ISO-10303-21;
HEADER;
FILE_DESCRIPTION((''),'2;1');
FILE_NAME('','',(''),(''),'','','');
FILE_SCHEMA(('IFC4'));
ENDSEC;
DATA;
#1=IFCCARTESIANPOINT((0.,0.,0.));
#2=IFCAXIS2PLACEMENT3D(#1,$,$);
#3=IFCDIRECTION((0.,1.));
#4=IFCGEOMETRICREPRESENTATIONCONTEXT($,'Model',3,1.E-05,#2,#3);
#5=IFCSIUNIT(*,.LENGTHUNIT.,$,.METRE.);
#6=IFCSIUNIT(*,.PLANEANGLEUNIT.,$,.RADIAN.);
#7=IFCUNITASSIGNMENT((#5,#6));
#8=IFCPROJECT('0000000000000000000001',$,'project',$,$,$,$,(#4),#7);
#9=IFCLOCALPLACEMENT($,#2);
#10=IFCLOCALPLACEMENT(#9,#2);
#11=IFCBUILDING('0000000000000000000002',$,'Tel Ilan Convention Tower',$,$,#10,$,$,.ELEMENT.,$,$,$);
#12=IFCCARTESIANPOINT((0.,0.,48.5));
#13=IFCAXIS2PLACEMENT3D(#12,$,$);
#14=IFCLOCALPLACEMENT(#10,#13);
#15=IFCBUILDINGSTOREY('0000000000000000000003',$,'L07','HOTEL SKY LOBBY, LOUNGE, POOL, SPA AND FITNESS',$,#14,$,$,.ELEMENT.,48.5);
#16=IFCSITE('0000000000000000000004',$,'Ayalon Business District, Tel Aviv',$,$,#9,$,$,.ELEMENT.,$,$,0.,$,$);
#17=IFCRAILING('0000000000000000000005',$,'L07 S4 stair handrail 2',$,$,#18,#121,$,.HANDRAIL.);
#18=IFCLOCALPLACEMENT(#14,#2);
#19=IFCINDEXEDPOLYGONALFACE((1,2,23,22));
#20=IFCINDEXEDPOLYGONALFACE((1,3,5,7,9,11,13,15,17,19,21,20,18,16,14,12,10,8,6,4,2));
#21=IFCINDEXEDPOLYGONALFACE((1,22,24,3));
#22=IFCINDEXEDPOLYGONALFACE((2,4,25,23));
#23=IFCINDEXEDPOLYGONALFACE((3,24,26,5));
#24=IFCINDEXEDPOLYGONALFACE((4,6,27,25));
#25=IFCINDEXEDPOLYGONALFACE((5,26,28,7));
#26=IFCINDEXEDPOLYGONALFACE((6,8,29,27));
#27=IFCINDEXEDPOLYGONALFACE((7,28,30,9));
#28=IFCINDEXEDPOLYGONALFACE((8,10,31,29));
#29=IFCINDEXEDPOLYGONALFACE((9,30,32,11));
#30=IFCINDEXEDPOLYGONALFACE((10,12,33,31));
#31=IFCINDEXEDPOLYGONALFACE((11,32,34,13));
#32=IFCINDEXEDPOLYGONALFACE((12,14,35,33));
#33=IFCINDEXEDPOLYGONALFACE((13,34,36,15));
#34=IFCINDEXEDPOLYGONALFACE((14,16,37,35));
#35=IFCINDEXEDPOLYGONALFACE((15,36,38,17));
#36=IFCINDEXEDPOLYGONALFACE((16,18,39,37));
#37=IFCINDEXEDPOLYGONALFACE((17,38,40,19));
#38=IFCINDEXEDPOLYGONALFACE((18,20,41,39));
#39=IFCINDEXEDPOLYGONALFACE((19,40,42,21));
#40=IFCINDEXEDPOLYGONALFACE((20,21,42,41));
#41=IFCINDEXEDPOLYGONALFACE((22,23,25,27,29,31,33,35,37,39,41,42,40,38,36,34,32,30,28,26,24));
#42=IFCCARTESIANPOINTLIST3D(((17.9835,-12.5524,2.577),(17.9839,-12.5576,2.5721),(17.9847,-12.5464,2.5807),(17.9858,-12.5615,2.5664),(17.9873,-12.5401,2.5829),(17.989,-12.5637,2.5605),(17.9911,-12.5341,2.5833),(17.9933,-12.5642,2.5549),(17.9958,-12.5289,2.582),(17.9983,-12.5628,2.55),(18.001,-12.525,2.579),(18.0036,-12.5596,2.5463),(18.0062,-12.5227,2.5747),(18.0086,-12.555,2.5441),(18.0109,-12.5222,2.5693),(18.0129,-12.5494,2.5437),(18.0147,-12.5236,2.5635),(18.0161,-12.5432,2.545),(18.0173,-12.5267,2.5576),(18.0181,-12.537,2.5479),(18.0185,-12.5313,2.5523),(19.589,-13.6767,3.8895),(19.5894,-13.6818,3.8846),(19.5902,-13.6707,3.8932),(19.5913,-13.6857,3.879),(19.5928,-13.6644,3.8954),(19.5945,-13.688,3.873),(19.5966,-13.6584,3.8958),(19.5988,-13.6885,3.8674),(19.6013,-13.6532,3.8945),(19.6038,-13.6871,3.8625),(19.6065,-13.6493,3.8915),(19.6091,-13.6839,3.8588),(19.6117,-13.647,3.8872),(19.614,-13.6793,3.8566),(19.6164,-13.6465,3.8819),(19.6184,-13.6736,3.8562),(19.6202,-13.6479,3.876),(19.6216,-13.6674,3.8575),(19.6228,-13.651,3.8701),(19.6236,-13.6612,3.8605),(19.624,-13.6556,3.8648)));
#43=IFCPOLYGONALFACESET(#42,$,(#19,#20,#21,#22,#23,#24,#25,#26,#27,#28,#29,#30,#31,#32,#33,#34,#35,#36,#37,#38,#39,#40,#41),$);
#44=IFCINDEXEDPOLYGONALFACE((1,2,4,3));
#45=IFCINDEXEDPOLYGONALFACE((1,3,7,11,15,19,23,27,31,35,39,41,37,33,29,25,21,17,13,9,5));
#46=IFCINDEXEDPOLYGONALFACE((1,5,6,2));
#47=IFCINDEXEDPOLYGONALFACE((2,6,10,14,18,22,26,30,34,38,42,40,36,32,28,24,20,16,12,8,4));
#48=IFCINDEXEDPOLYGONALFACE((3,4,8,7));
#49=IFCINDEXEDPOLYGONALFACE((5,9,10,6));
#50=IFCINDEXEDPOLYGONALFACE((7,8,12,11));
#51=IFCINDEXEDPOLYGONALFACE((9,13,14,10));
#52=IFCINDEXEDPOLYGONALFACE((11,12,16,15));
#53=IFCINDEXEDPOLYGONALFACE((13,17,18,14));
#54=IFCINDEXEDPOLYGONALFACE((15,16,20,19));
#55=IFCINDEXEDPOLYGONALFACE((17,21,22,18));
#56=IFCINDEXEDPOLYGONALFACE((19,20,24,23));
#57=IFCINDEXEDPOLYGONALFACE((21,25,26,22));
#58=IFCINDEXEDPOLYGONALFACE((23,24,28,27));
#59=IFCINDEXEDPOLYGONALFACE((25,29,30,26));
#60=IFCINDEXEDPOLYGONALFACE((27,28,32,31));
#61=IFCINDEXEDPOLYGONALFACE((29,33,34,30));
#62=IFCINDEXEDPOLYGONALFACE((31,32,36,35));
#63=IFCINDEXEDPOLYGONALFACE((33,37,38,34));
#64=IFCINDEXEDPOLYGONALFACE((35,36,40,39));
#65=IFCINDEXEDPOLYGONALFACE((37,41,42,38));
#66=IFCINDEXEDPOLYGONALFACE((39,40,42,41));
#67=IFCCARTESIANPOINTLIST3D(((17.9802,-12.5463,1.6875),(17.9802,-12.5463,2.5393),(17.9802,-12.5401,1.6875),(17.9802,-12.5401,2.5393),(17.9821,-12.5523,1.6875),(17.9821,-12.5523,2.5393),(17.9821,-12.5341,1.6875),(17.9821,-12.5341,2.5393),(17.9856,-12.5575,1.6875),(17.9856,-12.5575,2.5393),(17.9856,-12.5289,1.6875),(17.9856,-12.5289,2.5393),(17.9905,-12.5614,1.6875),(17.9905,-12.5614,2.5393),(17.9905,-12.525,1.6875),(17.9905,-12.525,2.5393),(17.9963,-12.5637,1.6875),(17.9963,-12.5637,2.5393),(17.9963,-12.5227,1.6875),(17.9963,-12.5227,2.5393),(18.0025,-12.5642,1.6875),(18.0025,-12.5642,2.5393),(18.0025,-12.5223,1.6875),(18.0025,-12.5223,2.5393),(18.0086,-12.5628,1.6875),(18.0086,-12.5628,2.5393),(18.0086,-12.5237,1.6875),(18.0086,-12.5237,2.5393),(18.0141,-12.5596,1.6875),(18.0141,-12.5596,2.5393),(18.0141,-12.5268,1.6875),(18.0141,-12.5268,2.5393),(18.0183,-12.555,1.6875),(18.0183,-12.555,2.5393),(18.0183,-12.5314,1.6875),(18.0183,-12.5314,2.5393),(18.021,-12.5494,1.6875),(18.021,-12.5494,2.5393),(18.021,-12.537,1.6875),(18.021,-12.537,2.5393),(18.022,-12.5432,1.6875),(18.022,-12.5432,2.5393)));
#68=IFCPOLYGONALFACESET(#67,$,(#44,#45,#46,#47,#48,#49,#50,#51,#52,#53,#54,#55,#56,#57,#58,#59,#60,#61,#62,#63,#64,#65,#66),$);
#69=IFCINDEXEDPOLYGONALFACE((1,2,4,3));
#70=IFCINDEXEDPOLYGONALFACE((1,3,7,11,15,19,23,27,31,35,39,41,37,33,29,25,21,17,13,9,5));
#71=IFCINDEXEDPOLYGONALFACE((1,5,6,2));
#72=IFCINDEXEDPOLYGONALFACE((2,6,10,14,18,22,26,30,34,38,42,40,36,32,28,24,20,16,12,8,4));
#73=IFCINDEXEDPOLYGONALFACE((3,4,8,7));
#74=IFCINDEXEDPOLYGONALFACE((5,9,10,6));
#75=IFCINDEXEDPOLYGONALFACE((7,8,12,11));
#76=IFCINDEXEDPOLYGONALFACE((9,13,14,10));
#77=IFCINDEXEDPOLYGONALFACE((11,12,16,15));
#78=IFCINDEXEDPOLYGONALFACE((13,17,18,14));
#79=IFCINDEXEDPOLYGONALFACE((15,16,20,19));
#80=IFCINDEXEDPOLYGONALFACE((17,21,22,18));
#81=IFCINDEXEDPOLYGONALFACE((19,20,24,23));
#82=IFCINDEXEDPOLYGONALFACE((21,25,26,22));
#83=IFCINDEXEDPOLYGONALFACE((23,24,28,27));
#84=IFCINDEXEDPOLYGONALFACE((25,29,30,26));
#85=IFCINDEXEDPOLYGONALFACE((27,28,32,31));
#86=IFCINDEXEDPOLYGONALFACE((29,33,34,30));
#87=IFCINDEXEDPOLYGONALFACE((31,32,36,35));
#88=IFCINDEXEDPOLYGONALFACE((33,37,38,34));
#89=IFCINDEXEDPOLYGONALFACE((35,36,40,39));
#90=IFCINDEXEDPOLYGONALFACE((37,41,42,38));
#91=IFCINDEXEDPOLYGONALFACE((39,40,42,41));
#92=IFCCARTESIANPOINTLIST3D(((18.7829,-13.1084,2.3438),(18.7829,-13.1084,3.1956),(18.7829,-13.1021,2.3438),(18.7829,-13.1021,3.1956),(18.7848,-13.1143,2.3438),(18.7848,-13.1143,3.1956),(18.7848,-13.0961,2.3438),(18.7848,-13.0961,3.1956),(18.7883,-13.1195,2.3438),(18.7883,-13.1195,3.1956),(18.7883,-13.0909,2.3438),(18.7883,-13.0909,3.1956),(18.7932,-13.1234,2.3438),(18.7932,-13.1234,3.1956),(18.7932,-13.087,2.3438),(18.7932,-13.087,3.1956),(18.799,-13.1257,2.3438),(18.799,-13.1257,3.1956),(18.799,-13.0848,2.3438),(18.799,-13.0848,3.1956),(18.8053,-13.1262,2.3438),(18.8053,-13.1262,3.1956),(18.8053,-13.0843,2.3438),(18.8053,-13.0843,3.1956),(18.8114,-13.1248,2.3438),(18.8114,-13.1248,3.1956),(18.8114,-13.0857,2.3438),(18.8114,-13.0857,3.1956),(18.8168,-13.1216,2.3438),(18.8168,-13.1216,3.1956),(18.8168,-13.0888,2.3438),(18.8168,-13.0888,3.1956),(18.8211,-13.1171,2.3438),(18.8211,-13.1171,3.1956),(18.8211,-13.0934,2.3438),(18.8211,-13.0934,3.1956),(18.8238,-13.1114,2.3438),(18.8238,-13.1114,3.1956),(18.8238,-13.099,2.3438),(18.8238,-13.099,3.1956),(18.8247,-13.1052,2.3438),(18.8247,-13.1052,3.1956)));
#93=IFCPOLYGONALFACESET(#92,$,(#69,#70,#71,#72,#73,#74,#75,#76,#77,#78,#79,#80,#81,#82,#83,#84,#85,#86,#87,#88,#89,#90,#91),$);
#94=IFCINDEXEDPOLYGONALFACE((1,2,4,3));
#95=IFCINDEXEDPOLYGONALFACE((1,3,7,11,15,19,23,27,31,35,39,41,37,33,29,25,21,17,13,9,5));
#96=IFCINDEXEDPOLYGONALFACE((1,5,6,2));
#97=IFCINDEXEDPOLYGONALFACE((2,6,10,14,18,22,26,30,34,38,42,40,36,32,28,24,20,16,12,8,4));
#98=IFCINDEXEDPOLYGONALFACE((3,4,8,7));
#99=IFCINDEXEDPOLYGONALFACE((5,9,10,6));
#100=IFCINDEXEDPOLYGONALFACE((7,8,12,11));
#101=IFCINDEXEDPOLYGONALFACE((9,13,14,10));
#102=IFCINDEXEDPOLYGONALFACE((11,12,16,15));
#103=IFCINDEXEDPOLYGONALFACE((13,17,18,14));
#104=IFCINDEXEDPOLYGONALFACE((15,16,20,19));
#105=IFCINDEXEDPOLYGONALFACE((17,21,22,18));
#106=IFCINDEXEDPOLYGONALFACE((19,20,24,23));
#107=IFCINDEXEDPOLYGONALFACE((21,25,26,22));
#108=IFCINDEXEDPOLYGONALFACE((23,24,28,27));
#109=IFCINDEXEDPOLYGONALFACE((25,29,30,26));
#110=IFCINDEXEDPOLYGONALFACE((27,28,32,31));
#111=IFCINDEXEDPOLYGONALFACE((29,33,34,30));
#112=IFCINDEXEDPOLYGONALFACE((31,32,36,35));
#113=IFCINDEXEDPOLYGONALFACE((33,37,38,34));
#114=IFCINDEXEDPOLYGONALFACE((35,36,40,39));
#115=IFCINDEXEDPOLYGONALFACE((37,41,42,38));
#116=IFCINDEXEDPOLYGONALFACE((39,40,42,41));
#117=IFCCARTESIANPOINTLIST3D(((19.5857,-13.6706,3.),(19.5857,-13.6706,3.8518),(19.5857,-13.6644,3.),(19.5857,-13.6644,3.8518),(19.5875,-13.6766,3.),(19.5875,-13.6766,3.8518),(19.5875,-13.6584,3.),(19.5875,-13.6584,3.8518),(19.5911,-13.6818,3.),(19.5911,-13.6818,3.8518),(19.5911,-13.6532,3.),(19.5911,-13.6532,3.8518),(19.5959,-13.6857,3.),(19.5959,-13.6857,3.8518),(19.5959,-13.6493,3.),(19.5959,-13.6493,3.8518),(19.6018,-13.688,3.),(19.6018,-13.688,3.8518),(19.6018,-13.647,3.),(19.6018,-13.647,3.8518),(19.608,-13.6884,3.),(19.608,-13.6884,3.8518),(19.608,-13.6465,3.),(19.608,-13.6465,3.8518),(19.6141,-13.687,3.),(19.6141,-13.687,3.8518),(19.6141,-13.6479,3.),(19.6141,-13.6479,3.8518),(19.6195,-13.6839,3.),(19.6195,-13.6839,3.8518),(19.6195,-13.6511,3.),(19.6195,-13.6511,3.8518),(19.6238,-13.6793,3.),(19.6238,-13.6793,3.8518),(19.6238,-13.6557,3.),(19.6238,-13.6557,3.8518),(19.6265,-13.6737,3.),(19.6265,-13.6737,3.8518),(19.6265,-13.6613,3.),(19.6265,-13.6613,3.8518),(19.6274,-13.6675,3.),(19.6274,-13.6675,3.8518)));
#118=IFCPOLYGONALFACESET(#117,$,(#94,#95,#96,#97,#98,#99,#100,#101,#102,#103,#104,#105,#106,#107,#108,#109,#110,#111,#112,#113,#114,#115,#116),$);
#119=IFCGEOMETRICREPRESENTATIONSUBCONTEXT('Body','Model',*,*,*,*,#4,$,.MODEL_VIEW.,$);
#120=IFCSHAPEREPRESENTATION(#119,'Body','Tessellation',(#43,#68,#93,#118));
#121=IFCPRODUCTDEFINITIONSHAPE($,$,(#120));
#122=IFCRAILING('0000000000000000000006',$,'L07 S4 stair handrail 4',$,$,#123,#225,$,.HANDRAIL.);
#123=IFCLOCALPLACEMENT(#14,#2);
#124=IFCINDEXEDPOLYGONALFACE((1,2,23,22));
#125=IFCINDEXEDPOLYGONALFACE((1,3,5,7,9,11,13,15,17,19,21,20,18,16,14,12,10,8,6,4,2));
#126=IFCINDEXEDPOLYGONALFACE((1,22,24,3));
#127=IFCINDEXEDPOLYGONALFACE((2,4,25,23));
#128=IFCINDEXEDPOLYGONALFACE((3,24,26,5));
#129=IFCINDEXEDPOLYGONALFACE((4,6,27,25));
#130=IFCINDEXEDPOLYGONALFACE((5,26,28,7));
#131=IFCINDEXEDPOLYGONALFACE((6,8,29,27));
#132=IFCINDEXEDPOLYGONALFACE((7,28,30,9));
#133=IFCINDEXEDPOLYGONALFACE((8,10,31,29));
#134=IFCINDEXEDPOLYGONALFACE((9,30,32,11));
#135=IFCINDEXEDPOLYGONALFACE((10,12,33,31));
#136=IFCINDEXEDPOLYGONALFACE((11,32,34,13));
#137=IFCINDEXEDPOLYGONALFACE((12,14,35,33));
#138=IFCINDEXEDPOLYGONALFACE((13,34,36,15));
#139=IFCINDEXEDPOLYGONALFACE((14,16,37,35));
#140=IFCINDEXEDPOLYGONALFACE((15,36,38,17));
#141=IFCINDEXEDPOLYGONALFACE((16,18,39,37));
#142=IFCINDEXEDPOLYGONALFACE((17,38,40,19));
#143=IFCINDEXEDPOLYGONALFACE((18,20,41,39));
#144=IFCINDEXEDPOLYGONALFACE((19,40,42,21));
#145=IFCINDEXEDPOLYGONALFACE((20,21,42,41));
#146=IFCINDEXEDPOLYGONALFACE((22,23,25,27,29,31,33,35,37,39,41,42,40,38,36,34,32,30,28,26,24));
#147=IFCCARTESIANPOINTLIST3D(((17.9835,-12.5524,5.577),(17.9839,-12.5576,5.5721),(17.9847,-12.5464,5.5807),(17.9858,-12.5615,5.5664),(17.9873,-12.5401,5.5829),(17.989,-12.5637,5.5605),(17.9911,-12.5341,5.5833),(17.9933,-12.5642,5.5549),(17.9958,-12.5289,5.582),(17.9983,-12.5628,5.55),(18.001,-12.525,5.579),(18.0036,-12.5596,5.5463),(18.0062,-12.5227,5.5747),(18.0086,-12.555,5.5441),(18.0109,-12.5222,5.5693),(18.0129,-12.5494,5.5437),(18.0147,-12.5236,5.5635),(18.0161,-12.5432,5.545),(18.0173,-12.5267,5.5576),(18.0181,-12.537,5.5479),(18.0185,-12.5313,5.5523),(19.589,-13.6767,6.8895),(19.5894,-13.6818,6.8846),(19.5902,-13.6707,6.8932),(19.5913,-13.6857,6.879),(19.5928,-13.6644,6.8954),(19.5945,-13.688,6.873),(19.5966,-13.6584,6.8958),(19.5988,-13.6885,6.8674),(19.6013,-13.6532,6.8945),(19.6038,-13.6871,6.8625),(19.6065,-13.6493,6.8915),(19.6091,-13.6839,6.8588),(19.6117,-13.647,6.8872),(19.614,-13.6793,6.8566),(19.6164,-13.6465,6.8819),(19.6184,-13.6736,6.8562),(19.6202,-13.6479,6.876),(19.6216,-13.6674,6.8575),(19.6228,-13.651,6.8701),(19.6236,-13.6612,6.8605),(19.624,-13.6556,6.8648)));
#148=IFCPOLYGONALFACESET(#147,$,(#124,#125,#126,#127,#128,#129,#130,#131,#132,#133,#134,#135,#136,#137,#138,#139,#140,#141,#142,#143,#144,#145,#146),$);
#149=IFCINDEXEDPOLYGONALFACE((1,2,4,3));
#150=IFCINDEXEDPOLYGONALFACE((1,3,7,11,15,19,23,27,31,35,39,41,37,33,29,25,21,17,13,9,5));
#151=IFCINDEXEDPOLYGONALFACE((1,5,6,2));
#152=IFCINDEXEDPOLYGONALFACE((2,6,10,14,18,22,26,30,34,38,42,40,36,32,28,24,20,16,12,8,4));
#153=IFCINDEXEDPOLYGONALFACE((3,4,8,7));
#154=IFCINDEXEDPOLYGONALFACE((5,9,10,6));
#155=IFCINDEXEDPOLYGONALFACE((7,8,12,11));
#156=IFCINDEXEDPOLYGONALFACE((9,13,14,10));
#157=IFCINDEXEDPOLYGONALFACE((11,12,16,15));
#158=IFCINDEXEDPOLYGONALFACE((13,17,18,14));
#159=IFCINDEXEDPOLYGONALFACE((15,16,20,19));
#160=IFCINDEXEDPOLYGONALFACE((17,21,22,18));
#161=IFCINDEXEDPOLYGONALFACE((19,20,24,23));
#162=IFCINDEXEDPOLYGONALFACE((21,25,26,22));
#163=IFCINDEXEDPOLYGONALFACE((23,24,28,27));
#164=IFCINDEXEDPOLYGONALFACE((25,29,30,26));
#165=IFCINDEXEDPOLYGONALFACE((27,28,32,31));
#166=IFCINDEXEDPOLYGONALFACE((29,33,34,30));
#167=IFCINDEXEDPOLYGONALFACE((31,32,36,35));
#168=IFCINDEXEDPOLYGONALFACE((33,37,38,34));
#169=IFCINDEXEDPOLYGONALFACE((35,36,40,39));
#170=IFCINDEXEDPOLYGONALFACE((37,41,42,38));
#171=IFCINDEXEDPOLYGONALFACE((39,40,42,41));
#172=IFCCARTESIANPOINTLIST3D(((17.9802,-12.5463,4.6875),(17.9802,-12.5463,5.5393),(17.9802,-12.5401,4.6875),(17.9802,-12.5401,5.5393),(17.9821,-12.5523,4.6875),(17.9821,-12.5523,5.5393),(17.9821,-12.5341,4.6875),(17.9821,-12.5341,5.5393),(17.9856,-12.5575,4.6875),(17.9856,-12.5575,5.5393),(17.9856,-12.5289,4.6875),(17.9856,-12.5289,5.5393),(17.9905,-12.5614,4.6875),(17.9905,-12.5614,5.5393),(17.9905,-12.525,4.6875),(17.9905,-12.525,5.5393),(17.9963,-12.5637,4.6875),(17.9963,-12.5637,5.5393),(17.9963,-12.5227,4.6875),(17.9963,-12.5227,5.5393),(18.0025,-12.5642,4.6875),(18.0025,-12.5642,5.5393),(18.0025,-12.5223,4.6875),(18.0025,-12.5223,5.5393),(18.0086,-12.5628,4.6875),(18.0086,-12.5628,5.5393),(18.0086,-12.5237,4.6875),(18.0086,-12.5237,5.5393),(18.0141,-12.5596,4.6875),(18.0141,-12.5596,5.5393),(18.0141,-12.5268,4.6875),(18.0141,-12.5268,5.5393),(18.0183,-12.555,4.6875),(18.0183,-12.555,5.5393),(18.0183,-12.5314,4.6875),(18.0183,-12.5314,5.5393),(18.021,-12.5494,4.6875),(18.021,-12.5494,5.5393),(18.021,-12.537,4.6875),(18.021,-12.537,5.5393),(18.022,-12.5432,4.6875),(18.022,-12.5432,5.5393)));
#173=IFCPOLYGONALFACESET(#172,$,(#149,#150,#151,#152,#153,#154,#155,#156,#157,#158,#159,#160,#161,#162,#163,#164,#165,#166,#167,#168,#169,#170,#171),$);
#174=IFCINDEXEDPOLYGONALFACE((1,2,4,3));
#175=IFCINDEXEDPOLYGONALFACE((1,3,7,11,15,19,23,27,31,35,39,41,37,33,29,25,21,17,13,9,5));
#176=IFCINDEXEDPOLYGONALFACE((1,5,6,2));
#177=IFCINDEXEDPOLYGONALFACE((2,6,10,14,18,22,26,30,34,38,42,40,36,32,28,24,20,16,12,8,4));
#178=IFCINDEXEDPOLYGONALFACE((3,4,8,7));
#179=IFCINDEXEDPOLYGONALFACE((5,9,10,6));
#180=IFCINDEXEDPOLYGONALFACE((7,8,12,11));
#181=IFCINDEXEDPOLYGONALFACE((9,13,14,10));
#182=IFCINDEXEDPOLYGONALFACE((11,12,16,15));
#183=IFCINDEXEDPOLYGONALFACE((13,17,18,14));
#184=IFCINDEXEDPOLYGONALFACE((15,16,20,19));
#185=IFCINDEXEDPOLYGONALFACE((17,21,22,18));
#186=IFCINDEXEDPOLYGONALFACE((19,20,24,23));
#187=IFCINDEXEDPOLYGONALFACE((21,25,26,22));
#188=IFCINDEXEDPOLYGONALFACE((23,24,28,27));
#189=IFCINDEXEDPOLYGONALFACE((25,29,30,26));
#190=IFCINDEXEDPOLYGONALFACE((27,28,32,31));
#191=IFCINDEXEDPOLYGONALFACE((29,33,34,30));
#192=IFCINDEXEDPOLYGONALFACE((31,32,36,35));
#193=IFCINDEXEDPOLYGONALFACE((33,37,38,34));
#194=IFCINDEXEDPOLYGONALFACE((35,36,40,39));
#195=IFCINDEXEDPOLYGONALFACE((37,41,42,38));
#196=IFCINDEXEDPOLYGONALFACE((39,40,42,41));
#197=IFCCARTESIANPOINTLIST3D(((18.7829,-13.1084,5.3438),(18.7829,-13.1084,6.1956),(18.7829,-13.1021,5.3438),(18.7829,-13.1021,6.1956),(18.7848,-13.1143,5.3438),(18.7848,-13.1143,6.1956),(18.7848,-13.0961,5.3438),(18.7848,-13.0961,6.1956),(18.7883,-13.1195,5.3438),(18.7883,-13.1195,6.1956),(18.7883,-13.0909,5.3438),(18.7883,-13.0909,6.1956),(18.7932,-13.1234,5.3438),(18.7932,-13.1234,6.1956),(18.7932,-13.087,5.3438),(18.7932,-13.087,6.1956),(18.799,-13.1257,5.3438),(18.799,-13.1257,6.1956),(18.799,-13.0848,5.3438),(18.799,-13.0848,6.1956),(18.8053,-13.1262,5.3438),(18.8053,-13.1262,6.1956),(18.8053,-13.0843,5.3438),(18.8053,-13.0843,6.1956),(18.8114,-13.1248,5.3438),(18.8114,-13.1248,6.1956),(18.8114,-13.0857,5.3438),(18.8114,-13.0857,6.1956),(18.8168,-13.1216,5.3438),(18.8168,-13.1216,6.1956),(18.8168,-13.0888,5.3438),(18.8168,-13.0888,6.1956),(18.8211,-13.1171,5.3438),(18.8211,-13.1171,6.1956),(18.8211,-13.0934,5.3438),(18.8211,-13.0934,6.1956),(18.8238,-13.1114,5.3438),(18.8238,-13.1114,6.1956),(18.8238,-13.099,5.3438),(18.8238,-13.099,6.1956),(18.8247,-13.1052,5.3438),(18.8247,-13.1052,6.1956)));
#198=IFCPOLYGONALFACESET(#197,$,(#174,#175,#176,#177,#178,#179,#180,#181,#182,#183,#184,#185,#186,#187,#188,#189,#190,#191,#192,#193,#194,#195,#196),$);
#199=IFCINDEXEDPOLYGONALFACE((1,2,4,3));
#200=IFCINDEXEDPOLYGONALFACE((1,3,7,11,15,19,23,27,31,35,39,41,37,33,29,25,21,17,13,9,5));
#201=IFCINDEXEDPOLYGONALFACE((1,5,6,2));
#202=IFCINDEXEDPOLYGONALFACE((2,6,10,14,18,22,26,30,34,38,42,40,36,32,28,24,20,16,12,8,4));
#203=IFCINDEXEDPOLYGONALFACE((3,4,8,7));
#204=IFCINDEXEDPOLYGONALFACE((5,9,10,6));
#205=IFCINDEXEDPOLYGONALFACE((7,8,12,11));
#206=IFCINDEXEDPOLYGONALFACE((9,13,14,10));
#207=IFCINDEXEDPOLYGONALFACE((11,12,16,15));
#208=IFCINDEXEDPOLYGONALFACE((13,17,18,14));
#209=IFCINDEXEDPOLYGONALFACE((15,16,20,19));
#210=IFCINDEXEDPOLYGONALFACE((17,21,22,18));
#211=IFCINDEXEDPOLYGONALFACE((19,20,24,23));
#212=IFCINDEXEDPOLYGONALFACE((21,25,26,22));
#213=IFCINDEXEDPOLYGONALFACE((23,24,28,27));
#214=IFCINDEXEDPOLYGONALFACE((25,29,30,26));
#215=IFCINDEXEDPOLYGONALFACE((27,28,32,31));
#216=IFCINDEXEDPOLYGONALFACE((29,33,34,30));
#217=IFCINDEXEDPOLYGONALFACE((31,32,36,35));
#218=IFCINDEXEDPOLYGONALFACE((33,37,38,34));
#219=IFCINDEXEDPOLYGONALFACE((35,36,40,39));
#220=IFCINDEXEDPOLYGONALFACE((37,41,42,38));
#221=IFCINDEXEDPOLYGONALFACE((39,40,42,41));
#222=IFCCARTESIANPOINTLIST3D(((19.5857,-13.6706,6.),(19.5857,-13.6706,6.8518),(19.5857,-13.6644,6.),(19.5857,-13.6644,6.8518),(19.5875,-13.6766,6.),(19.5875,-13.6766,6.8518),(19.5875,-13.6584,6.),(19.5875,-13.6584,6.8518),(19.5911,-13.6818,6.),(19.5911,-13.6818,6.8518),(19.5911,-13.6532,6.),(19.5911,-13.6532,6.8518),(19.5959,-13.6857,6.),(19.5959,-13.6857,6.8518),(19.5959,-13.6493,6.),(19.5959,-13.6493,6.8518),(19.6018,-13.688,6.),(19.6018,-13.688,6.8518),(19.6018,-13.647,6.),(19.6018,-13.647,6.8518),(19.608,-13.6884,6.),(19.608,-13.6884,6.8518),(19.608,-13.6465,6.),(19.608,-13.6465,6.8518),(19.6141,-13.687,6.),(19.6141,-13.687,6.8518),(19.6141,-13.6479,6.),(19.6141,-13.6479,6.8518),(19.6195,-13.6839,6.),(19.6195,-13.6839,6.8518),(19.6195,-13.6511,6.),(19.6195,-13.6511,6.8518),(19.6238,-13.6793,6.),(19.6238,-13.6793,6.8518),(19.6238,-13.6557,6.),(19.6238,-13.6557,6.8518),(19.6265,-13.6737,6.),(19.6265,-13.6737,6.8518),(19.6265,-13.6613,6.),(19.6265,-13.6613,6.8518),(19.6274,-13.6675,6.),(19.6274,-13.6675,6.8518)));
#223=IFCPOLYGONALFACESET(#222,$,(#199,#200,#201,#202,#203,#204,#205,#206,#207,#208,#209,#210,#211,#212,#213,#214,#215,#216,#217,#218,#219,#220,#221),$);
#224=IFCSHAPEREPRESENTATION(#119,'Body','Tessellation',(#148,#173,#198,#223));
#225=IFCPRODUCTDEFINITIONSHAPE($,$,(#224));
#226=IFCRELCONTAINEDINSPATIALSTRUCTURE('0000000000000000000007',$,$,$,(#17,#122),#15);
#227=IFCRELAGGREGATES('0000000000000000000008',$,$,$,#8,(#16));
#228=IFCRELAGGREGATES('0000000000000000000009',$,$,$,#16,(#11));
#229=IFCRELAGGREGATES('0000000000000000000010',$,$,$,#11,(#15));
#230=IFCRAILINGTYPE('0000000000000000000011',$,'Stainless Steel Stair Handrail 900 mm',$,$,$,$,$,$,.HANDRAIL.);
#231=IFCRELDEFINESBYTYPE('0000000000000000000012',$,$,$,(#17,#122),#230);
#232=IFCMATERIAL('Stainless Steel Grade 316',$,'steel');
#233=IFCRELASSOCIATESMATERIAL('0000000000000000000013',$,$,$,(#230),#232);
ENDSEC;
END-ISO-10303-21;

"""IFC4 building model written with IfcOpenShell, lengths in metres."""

from ifc_helpers import new_model, si_unit, direction, frame, origin, origin_2d, place, context, subcontext, project, spatial, circle, extrude, material, type_object, element, save


model = new_model("IFC4")

# Units and contexts
model_context = context("Model", 3, precision=1e-05, world=origin(), true_north=direction((0.0, 1.0)))
body_context = subcontext(model_context, "Body", "Model", "MODEL_VIEW")
ifc_project = project(units=[si_unit("LENGTHUNIT", "METRE"), si_unit("PLANEANGLEUNIT", "RADIAN")], contexts=[model_context])

# Site, building, storey
site_placement = place(None, origin())
site = spatial("IfcSite", under=ifc_project, at=site_placement, Name="Ayalon Business District, Tel Aviv", CompositionType="ELEMENT", RefElevation=0.0)
building_placement = place(site_placement, origin())
building = spatial("IfcBuilding", under=site, at=building_placement, Name="Tel Ilan Convention Tower", CompositionType="ELEMENT")
storey_placement = place(building_placement, frame((0.0, 0.0, 48.5)))
storey = spatial("IfcBuildingStorey", under=building, at=storey_placement, Name="L07", Description="HOTEL SKY LOBBY, LOUNGE, POOL, SPA AND FITNESS", CompositionType="ELEMENT", Elevation=48.5)

# Railings
ifc_material_1 = material(Name="Stainless Steel Grade 316", Category="steel")
railing_type_1 = type_object("IfcRailingType", Name="Stainless Steel Stair Handrail 900 mm", PredefinedType="HANDRAIL", material=ifc_material_1)
for number, where, name in (
    (1, (18.001, -12.5432, 1.6875), "L07 S4 stair handrail 2"),
    (2, (18.001, -12.5432, 4.6875), "L07 S4 stair handrail 4"),
):
    element("IfcRailing", number, at=place(storey_placement, frame(where)), inside=storey, type_object=railing_type_1, Name=name, PredefinedType="HANDRAIL", context=body_context, shape_type="SweptSolid", body=[
        extrude(circle(Radius=0.0239, at=origin_2d()), frame((0.0, 0.0, 0.876), z_axis=(0.680616, -0.476617, 0.556416), x_axis=(0.573613, 0.819127, 0.0)), (0.0, 0.0, 1.0), 2.3589),
        extrude(circle(Radius=0.021, at=origin_2d()), origin(), (0.0, 0.0, 1.0), 0.8518),
        extrude(circle(Radius=0.021, at=origin_2d()), frame((0.8027, -0.562, 0.6562)), (0.0, 0.0, 1.0), 0.8518),
        extrude(circle(Radius=0.021, at=origin_2d()), frame((1.6055, -1.1243, 1.3125)), (0.0, 0.0, 1.0), 0.8518),
    ])

save(model, "model.ifc")
